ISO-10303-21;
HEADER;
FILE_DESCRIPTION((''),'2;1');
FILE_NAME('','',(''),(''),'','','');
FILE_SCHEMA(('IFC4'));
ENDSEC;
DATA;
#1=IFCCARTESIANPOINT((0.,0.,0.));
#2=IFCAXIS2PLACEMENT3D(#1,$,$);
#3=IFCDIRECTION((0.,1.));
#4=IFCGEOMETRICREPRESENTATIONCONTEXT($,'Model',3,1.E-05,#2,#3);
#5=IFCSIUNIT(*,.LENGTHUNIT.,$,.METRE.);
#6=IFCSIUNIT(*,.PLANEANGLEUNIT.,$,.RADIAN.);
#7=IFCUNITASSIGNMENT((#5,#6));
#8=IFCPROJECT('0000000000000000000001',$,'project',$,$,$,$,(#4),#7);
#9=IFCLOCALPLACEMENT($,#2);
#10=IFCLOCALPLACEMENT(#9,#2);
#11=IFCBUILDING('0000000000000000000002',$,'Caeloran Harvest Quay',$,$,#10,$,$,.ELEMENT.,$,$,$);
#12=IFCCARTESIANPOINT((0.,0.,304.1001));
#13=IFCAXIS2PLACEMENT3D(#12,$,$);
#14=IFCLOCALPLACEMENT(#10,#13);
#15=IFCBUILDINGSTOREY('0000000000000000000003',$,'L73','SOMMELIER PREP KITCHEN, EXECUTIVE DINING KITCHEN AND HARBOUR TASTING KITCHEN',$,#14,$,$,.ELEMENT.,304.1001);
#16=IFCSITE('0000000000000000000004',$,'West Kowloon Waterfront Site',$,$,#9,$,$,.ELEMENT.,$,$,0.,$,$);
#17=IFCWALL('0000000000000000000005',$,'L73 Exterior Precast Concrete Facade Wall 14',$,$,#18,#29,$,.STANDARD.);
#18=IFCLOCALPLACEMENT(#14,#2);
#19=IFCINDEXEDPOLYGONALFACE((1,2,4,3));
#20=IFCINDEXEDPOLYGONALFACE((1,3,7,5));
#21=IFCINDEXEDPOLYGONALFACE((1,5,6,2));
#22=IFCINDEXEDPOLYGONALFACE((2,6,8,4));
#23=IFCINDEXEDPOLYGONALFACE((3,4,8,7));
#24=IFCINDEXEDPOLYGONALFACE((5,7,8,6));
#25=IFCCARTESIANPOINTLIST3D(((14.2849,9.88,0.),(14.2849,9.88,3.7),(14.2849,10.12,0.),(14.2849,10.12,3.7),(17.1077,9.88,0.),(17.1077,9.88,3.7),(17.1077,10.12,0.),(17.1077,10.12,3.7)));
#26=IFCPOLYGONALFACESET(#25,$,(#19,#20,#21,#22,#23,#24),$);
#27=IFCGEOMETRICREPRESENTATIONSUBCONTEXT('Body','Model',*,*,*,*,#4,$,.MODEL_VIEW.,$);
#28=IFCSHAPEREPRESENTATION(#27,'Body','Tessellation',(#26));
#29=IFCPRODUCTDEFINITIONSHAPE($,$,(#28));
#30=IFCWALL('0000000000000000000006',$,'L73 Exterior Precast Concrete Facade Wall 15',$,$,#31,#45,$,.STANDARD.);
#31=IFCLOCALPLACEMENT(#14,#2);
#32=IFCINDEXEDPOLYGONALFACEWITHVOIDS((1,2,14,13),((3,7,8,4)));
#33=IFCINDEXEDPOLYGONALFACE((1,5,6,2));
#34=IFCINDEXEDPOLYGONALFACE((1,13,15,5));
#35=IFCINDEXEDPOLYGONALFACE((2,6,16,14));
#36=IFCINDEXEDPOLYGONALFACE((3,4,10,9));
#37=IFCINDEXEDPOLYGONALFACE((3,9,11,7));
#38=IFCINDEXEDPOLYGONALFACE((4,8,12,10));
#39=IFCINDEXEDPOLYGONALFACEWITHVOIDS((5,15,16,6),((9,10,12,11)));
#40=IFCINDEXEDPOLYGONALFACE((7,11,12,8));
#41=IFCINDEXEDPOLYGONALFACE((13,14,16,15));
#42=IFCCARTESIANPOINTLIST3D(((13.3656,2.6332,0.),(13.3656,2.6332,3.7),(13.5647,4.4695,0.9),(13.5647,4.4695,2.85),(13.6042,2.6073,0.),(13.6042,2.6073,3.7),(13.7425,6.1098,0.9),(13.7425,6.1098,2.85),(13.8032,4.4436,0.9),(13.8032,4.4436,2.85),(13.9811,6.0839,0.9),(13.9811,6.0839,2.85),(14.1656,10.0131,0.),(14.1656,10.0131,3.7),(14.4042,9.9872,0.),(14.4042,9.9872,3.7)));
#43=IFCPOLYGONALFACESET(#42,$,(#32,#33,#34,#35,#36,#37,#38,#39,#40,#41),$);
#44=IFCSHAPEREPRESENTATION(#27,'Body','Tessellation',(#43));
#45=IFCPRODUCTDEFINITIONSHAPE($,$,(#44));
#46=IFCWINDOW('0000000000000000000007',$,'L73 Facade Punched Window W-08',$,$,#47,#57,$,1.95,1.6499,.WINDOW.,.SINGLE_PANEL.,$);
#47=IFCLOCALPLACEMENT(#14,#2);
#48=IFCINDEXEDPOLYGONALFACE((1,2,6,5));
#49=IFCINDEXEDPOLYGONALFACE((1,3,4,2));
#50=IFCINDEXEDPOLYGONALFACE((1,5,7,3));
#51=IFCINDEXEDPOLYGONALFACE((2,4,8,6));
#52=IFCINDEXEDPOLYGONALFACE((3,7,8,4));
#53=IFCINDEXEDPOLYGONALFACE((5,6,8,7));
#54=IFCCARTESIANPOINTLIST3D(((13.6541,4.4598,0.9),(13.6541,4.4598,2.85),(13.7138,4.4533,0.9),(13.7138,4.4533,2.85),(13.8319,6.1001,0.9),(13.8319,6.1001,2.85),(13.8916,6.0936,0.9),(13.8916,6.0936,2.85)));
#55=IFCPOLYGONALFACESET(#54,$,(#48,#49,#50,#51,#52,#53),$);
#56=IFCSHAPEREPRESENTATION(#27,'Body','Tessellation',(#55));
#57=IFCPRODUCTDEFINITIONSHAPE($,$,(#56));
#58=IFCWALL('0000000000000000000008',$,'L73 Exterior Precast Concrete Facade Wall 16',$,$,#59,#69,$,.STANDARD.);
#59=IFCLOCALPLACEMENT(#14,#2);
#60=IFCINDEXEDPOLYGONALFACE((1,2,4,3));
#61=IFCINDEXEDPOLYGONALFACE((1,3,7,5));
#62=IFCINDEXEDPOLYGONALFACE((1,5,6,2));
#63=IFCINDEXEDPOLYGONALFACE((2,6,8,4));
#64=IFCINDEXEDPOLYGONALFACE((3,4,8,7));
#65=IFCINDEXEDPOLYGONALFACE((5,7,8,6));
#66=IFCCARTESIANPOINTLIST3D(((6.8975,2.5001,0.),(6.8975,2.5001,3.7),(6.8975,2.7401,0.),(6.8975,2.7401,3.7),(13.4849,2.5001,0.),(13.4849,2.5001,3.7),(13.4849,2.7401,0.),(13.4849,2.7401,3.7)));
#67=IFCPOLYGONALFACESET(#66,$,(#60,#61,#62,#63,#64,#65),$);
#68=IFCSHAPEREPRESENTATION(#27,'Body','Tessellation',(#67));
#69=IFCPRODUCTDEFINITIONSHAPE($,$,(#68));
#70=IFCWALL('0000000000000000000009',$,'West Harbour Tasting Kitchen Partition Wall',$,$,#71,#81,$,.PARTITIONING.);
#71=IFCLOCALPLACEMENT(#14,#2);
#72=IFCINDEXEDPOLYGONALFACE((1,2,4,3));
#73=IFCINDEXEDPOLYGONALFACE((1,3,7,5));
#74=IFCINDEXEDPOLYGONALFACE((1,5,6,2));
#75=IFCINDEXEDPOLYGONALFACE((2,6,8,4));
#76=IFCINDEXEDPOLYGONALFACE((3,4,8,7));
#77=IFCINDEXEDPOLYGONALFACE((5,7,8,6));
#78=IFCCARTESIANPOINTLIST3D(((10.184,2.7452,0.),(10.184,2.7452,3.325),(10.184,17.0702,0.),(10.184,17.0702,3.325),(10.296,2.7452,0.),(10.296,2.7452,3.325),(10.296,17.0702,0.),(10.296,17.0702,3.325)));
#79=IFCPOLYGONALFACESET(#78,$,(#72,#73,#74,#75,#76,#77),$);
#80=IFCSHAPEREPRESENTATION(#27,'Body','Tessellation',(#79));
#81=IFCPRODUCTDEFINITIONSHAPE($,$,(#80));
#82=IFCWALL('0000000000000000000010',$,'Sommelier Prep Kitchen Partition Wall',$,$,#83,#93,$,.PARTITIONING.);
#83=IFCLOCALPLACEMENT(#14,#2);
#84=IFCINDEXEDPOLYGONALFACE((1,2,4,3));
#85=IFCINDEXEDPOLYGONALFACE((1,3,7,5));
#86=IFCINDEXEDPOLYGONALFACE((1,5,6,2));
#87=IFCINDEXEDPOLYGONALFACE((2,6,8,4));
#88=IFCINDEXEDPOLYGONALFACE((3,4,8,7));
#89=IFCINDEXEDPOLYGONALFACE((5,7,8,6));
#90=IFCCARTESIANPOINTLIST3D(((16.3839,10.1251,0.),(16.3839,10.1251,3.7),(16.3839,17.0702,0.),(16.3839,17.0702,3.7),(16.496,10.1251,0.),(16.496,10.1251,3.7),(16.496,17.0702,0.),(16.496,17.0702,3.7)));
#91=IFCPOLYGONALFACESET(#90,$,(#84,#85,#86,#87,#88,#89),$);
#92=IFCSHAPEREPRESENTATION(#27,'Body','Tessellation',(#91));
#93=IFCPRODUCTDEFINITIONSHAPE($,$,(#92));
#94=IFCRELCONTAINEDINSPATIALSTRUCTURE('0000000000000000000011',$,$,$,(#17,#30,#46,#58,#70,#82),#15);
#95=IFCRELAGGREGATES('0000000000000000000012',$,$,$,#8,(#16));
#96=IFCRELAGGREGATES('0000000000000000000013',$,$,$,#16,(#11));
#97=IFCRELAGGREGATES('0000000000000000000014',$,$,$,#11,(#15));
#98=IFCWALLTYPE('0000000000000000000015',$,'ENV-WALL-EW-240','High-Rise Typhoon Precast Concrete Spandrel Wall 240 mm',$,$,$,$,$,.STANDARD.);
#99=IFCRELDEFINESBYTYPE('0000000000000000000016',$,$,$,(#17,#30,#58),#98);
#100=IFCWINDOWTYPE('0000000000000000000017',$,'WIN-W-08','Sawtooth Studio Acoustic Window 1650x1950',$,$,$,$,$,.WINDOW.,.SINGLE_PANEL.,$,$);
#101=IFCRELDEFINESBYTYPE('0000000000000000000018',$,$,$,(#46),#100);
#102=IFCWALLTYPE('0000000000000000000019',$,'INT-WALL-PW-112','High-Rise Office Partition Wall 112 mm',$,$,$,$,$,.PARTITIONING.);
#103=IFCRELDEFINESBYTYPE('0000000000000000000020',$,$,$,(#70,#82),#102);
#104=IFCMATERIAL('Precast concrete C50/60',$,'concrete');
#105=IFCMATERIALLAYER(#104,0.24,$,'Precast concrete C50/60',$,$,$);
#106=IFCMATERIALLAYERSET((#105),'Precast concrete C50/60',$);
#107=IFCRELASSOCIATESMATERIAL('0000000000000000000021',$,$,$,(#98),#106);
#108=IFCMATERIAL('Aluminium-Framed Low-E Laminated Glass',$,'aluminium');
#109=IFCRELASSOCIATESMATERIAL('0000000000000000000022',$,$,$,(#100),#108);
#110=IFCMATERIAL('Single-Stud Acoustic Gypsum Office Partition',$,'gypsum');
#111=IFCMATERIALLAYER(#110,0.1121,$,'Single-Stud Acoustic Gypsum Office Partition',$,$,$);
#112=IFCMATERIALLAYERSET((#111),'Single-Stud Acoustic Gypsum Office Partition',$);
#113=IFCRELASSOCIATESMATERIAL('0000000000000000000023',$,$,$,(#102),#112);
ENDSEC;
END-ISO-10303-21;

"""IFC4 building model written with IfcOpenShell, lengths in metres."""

from ifc_helpers import new_model, si_unit, direction, frame, frame_2d, origin, place, context, subcontext, project, spatial, rectangle, extrude, material, layer, layer_set, type_object, element, fill, save


model = new_model("IFC4")

# Units and contexts
model_context = context("Model", 3, precision=1e-05, world=origin(), true_north=direction((0.0, 1.0)))
body_context = subcontext(model_context, "Body", "Model", "MODEL_VIEW")
ifc_project = project(units=[si_unit("LENGTHUNIT", "METRE"), si_unit("PLANEANGLEUNIT", "RADIAN")], contexts=[model_context])

# Site, building, storey
site_placement = place(None, origin())
site = spatial("IfcSite", under=ifc_project, at=site_placement, Name="West Kowloon Waterfront Site", CompositionType="ELEMENT", RefElevation=0.0)
building_placement = place(site_placement, origin())
building = spatial("IfcBuilding", under=site, at=building_placement, Name="Caeloran Harvest Quay", CompositionType="ELEMENT")
storey_placement = place(building_placement, frame((0.0, 0.0, 304.1001)))
storey = spatial("IfcBuildingStorey", under=building, at=storey_placement, Name="L73", Description="SOMMELIER PREP KITCHEN, EXECUTIVE DINING KITCHEN AND HARBOUR TASTING KITCHEN", CompositionType="ELEMENT", Elevation=304.1001)

# Wall
ifc_material_1 = material(Name="Precast concrete C50/60", Category="concrete")
ifc_layer_1 = layer(ifc_material_1, 0.24, Name="Precast concrete C50/60")
ifc_layer_set_1 = layer_set([ifc_layer_1], Name="Precast concrete C50/60")
wall_type_1 = type_object("IfcWallType", Name="ENV-WALL-EW-240", Description="High-Rise Typhoon Precast Concrete Spandrel Wall 240 mm", PredefinedType="STANDARD", material=ifc_layer_set_1)
wall_1_placement = place(storey_placement, frame((17.1077, 10.0, 0.0), z_axis=(0.0, 0.0, 1.0), x_axis=(-1.0, 0.0, 0.0)))
element("IfcWall", 1, at=wall_1_placement, inside=storey, type_object=wall_type_1, Name="L73 Exterior Precast Concrete Facade Wall 14", PredefinedType="STANDARD", context=body_context, shape_type="SweptSolid", body=[
    extrude(rectangle(XDim=2.8228, YDim=0.24, at=frame_2d((1.4114, 0.0))), origin(), (0.0, 0.0, 1.0), 3.7),
])

# Wall, opening, window
wall_2_placement = place(storey_placement, frame((14.2849, 10.0, 0.0), z_axis=(0.0, 0.0, 1.0), x_axis=(-0.107778, -0.994175, 0.0)))
wall_2 = element("IfcWall", 2, at=wall_2_placement, inside=storey, type_object=wall_type_1, Name="L73 Exterior Precast Concrete Facade Wall 15", PredefinedType="STANDARD", context=body_context, shape_type="SweptSolid", body=[
    extrude(rectangle(XDim=7.4231, YDim=0.24, at=frame_2d((3.7114, 0.0))), origin(), (0.0, 0.0, 1.0), 3.7),
])
opening_placement = place(wall_2_placement, frame((3.926, 0.0, 0.8999)))
opening = element("IfcOpeningElement", 3, at=opening_placement, cuts=wall_2, PredefinedType="OPENING", context=body_context, shape_type="SweptSolid", body=[
    extrude(rectangle(XDim=1.6499, YDim=1.95, at=frame_2d((0.825, 0.9751))), frame((0.0, 0.1299, 0.0), z_axis=(0.0, -1.0, 0.0), x_axis=(1.0, 0.0, 0.0)), (0.0, 0.0, 1.0), 0.26),
])
ifc_material_2 = material(Name="Aluminium-Framed Low-E Laminated Glass", Category="aluminium")
window_type = type_object("IfcWindowType", Name="WIN-W-08", Description="Sawtooth Studio Acoustic Window 1650x1950", PartitioningType="SINGLE_PANEL", PredefinedType="WINDOW", material=ifc_material_2)
window_placement = place(opening_placement, origin())
window = element("IfcWindow", 4, at=window_placement, inside=storey, type_object=window_type, Name="L73 Facade Punched Window W-08", OverallHeight=1.95, OverallWidth=1.6499, PartitioningType="SINGLE_PANEL", PredefinedType="WINDOW", context=body_context, shape_type="SweptSolid", body=[
    extrude(rectangle(XDim=1.6499, YDim=1.95, at=frame_2d((0.825, 0.9751))), frame((0.0, 0.03, 0.0), z_axis=(0.0, -1.0, 0.0), x_axis=(1.0, 0.0, 0.0)), (0.0, 0.0, 1.0), 0.0601),
])
fill(opening, window)

# Walls
wall_3_placement = place(storey_placement, frame((13.4849, 2.6201, 0.0), z_axis=(0.0, 0.0, 1.0), x_axis=(-1.0, 0.0, 0.0)))
element("IfcWall", 5, at=wall_3_placement, inside=storey, type_object=wall_type_1, Name="L73 Exterior Precast Concrete Facade Wall 16", PredefinedType="STANDARD", context=body_context, shape_type="SweptSolid", body=[
    extrude(rectangle(XDim=6.5874, YDim=0.24, at=frame_2d((3.2937, 0.0))), origin(), (0.0, 0.0, 1.0), 3.7),
])
ifc_material_3 = material(Name="Single-Stud Acoustic Gypsum Office Partition", Category="gypsum")
ifc_layer_2 = layer(ifc_material_3, 0.1121, Name="Single-Stud Acoustic Gypsum Office Partition")
ifc_layer_set_2 = layer_set([ifc_layer_2], Name="Single-Stud Acoustic Gypsum Office Partition")
wall_type_2 = type_object("IfcWallType", Name="INT-WALL-PW-112", Description="High-Rise Office Partition Wall 112 mm", PredefinedType="PARTITIONING", material=ifc_layer_set_2)
wall_4_placement = place(storey_placement, frame((10.24, 2.7451, 0.0), z_axis=(0.0, 0.0, 1.0), x_axis=(0.0, 1.0, 0.0)))
element("IfcWall", 6, at=wall_4_placement, inside=storey, type_object=wall_type_2, Name="West Harbour Tasting Kitchen Partition Wall", PredefinedType="PARTITIONING", context=body_context, shape_type="SweptSolid", body=[
    extrude(rectangle(XDim=14.325, YDim=0.1121, at=frame_2d((7.1626, 0.0))), origin(), (0.0, 0.0, 1.0), 3.325),
])
wall_5_placement = place(storey_placement, frame((16.4399, 10.125, 0.0), z_axis=(0.0, 0.0, 1.0), x_axis=(0.0, 1.0, 0.0)))
element("IfcWall", 7, at=wall_5_placement, inside=storey, type_object=wall_type_2, Name="Sommelier Prep Kitchen Partition Wall", PredefinedType="PARTITIONING", context=body_context, shape_type="SweptSolid", body=[
    extrude(rectangle(XDim=6.9451, YDim=0.1121, at=frame_2d((3.4727, 0.0))), origin(), (0.0, 0.0, 1.0), 3.7),
])

save(model, "model.ifc")
